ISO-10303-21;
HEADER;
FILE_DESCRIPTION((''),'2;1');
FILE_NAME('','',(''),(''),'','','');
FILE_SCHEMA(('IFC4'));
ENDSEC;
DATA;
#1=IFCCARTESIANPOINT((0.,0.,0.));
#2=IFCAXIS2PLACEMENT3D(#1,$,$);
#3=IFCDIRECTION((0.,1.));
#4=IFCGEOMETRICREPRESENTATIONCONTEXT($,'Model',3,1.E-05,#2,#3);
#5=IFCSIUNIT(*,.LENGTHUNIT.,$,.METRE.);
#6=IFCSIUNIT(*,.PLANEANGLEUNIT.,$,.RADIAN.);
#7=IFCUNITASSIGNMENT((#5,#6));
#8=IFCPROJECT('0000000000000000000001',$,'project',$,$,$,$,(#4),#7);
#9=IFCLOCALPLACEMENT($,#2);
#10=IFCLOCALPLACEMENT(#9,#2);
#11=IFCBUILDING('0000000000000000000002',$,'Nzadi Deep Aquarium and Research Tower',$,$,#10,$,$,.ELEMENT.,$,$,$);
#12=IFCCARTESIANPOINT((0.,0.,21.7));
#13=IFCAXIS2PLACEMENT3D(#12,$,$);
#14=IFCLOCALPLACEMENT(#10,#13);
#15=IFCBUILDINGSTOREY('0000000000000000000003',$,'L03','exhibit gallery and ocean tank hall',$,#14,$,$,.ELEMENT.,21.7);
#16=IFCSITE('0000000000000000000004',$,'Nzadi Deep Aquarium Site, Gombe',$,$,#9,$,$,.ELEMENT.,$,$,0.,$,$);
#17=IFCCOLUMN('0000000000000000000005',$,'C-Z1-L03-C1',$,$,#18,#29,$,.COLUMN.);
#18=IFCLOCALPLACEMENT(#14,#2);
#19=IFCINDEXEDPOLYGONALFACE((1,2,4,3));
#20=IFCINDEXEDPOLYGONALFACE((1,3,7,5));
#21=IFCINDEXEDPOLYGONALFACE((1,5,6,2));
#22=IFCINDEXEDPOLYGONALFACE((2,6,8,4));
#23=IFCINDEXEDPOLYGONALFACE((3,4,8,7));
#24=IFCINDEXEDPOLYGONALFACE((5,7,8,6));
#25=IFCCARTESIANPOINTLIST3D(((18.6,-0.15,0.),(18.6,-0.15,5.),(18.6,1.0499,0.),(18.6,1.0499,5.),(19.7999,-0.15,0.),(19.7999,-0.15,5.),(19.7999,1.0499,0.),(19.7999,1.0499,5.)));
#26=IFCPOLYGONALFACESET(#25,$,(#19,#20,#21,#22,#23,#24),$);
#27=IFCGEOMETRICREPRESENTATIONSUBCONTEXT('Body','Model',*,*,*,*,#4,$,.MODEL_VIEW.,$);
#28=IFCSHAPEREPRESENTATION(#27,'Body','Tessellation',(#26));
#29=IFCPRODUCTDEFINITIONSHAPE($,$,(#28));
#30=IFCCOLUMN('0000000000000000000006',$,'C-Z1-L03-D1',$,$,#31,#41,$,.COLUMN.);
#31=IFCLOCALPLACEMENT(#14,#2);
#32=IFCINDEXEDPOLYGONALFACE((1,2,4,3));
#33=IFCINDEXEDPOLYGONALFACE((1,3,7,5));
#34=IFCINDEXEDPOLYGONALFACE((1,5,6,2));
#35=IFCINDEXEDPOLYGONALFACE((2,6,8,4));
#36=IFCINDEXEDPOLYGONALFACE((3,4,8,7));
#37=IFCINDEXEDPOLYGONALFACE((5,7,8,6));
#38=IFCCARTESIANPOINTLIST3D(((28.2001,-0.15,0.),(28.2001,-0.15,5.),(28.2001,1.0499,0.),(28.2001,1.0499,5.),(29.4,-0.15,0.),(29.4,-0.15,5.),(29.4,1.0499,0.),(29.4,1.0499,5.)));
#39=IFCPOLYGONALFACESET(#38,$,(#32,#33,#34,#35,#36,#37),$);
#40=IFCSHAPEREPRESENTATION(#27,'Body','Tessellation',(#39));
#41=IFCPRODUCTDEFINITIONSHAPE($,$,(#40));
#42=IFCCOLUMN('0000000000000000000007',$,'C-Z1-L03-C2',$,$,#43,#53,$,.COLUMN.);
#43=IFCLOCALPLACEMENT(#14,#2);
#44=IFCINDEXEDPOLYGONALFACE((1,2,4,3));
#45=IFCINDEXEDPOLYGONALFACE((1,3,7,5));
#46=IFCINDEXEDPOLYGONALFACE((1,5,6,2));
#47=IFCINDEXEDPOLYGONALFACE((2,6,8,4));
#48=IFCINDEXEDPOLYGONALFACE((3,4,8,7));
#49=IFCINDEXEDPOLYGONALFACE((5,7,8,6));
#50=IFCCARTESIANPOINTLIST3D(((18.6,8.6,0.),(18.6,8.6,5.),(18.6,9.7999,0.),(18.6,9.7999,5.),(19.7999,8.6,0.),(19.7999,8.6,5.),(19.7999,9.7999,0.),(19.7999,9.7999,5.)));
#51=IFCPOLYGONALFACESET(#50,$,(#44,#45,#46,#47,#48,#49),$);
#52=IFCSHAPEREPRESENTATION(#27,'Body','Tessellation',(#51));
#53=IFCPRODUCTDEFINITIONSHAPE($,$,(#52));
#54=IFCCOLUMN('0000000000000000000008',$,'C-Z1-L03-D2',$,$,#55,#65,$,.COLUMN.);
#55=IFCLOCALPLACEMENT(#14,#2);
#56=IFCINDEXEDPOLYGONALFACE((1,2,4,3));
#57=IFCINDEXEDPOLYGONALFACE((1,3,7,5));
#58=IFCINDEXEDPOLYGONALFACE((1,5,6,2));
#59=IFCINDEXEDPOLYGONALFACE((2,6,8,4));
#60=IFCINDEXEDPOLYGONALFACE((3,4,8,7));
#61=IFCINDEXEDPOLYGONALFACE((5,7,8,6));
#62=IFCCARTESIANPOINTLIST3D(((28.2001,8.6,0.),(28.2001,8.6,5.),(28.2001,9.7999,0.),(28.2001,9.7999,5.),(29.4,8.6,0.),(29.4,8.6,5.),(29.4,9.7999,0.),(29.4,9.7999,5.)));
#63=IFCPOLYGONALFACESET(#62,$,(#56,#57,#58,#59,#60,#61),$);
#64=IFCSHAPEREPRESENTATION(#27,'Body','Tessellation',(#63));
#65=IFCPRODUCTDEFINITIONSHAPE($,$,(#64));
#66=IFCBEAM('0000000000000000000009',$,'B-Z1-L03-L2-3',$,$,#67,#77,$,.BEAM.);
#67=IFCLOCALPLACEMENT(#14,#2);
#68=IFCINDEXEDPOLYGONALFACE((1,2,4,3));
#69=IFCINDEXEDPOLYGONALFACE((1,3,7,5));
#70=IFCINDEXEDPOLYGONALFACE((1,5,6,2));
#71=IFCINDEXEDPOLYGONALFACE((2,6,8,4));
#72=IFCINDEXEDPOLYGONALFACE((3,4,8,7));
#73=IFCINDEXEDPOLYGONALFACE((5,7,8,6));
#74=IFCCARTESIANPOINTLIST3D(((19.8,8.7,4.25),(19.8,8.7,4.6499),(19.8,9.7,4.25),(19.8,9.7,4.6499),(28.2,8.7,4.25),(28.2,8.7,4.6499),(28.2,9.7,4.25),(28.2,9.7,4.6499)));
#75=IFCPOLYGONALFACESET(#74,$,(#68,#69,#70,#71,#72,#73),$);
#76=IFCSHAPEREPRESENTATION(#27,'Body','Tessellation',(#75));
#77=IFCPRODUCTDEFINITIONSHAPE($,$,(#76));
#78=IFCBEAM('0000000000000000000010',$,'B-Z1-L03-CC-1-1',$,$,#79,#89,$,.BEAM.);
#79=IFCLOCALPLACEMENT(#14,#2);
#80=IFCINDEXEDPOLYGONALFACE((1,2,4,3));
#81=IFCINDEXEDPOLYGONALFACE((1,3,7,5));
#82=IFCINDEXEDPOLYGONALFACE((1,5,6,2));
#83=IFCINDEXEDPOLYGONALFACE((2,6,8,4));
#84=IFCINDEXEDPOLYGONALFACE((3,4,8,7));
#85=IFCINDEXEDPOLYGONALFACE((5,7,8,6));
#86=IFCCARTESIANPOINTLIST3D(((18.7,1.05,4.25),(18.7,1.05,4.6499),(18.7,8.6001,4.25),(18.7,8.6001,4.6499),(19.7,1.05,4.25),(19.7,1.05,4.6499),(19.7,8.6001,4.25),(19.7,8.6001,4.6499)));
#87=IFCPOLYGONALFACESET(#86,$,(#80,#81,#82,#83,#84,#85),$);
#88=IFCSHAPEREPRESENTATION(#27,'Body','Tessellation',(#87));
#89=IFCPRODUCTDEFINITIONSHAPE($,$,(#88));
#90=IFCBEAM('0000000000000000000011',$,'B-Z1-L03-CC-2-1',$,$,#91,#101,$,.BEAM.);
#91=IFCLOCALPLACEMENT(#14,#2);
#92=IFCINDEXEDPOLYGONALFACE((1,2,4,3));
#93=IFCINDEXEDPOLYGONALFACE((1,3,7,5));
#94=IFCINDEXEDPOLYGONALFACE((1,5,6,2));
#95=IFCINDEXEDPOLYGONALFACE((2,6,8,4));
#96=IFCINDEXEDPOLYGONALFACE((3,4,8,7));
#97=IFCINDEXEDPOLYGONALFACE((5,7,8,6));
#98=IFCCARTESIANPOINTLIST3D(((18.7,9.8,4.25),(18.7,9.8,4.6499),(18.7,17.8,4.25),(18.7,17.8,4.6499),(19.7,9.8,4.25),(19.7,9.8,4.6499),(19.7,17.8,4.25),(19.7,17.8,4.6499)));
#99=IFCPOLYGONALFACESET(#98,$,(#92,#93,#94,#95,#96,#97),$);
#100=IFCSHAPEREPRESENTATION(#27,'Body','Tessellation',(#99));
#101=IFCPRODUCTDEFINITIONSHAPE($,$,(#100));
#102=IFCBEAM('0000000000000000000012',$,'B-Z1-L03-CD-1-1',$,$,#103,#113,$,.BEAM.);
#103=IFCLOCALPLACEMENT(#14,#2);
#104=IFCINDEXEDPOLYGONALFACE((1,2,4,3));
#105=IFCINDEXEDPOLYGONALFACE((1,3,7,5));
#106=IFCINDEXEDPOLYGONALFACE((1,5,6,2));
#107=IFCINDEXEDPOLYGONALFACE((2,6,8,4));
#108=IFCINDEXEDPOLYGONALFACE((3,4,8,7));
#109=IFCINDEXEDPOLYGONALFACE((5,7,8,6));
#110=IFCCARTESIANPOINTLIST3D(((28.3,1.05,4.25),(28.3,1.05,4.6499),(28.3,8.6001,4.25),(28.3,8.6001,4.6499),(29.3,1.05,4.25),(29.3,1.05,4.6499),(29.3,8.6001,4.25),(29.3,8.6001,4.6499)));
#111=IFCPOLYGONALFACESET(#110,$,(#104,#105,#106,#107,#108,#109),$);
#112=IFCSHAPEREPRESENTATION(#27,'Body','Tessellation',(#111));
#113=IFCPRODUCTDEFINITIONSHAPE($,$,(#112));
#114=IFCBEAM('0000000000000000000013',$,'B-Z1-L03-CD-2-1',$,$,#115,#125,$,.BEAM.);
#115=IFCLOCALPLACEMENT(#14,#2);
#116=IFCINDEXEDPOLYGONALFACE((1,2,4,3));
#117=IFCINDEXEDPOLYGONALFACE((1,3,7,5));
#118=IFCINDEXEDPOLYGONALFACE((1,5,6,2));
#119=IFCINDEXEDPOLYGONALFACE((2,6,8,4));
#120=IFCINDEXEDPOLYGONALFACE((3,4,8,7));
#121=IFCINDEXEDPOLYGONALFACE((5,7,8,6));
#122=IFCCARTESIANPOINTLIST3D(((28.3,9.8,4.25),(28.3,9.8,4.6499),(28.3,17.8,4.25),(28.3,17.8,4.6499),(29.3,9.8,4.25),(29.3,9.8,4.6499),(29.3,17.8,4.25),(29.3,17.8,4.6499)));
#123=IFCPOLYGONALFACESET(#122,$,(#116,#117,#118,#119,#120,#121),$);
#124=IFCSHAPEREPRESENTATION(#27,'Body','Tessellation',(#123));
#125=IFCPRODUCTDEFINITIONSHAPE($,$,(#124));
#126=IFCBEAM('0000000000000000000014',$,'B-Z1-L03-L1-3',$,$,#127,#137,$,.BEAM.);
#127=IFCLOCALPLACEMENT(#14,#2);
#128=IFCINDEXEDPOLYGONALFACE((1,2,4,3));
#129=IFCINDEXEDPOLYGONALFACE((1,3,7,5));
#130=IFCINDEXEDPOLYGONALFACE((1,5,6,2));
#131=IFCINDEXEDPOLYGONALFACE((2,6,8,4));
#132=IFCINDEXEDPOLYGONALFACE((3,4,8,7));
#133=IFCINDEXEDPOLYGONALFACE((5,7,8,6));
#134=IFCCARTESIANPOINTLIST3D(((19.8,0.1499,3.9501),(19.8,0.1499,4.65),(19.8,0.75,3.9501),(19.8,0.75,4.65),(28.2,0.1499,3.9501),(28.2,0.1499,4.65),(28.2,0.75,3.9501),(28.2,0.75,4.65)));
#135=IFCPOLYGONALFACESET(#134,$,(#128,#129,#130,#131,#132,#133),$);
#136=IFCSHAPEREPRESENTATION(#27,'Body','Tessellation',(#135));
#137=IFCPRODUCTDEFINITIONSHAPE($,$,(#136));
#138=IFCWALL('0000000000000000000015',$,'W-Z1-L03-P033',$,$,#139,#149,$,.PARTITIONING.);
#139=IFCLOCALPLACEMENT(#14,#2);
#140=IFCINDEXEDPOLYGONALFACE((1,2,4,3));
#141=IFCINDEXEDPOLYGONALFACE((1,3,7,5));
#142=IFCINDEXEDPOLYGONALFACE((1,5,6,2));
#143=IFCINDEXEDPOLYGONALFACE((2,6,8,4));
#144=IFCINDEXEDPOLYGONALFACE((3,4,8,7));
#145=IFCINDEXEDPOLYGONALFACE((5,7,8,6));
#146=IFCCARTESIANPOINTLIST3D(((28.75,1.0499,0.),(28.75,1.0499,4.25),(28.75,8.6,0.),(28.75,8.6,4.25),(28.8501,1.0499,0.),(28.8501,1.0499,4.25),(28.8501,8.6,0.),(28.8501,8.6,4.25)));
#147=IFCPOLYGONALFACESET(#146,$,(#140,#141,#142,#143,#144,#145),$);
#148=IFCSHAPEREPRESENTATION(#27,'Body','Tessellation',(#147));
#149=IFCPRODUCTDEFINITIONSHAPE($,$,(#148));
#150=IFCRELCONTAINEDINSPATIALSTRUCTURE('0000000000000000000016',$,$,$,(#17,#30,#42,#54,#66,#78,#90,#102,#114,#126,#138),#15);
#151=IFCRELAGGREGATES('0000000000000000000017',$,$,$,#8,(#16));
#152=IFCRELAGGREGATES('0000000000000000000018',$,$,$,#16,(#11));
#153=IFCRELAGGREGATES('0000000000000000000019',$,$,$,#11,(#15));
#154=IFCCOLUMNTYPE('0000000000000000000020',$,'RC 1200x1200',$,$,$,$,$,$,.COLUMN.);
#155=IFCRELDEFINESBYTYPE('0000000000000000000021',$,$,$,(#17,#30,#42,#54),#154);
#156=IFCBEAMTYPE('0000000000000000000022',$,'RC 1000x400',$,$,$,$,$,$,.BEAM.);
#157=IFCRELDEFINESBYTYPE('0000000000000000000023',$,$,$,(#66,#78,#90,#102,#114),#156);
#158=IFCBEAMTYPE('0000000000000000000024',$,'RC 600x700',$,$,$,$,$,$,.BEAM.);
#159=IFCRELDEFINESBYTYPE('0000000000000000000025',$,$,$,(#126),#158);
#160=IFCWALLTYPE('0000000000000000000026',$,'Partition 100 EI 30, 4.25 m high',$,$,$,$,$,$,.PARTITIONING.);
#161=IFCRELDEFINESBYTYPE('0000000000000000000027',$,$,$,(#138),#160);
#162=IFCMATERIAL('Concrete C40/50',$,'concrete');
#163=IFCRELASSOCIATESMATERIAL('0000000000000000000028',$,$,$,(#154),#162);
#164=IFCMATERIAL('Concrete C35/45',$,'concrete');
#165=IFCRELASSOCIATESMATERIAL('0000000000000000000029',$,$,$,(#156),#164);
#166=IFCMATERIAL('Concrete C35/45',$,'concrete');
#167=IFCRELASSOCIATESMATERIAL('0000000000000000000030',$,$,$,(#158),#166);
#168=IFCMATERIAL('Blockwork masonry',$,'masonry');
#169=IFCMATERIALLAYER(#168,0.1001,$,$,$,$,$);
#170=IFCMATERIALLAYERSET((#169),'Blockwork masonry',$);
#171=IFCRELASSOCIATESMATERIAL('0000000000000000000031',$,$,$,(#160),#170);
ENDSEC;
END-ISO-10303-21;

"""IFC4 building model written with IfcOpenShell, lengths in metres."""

from ifc_helpers import new_model, si_unit, direction, frame, frame_2d, origin, origin_2d, place, context, subcontext, project, spatial, rectangle, extrude, material, layer, layer_set, material_profile, profile_set, type_object, element, save


model = new_model("IFC4")

# Units and contexts
model_context = context("Model", 3, precision=1e-05, world=origin(), true_north=direction((0.0, 1.0)))
body_context = subcontext(model_context, "Body", "Model", "MODEL_VIEW")
ifc_project = project(units=[si_unit("LENGTHUNIT", "METRE"), si_unit("PLANEANGLEUNIT", "RADIAN")], contexts=[model_context])

# Site, building, storey
site_placement = place(None, origin())
site = spatial("IfcSite", under=ifc_project, at=site_placement, Name="Nzadi Deep Aquarium Site, Gombe", CompositionType="ELEMENT", RefElevation=0.0)
building_placement = place(site_placement, origin())
building = spatial("IfcBuilding", under=site, at=building_placement, Name="Nzadi Deep Aquarium and Research Tower", CompositionType="ELEMENT")
storey_placement = place(building_placement, frame((0.0, 0.0, 21.7)))
storey = spatial("IfcBuildingStorey", under=building, at=storey_placement, Name="L03", Description="exhibit gallery and ocean tank hall", CompositionType="ELEMENT", Elevation=21.7)

# Columns
ifc_material_1 = material(Name="Concrete C40/50", Category="concrete")
ifc_material_profile_1 = material_profile(ifc_material_1, rectangle(XDim=1.2, YDim=1.2, at=origin_2d()))
ifc_profile_set_1 = profile_set([ifc_material_profile_1], Name="Concrete C40/50")
column_type = type_object("IfcColumnType", Name="RC 1200x1200", PredefinedType="COLUMN", material=ifc_profile_set_1)
for number, where, z_axis, x_axis, name in (
    (1, (19.2, 0.45, 0.0), (0.0, 0.0, 1.0), (1.0, 0.0, 0.0), "C-Z1-L03-C1"),
    (2, (28.8, 0.45, 0.0), (0.0, 0.0, 1.0), (1.0, 0.0, 0.0), "C-Z1-L03-D1"),
    (3, (19.2, 9.2, 0.0), (0.0, 0.0, 1.0), (1.0, 0.0, 0.0), "C-Z1-L03-C2"),
    (4, (28.8, 9.2, 0.0), (0.0, 0.0, 1.0), (1.0, 0.0, 0.0), "C-Z1-L03-D2"),
):
    element("IfcColumn", number, at=place(storey_placement, frame(where, z_axis=z_axis, x_axis=x_axis)), inside=storey, type_object=column_type, Name=name, PredefinedType="COLUMN", context=body_context, shape_type="SweptSolid", body=[
        extrude(rectangle(XDim=1.2, YDim=1.2, at=origin_2d()), origin(), (0.0, 0.0, 1.0), 5.0),
    ])

# Beams
ifc_material_2 = material(Name="Concrete C35/45", Category="concrete")
ifc_material_profile_2 = material_profile(ifc_material_2, rectangle(XDim=1.0, YDim=0.3999, at=origin_2d()))
ifc_profile_set_2 = profile_set([ifc_material_profile_2], Name="Concrete C35/45")
beam_type_1 = type_object("IfcBeamType", Name="RC 1000x400", PredefinedType="BEAM", material=ifc_profile_set_2)
beam_1_placement = place(storey_placement, frame((19.8, 9.2, 4.45), z_axis=(1.0, 0.0, 0.0), x_axis=(0.0, 1.0, 0.0)))
element("IfcBeam", 5, at=beam_1_placement, inside=storey, type_object=beam_type_1, Name="B-Z1-L03-L2-3", PredefinedType="BEAM", context=body_context, shape_type="SweptSolid", body=[
    extrude(rectangle(XDim=1.0, YDim=0.3999, at=origin_2d()), origin(), (0.0, 0.0, 1.0), 8.3999),
])
beam_2_placement = place(storey_placement, frame((19.2, 1.05, 4.45), z_axis=(0.0, 1.0, 0.0), x_axis=(-1.0, 0.0, 0.0)))
element("IfcBeam", 6, at=beam_2_placement, inside=storey, type_object=beam_type_1, Name="B-Z1-L03-CC-1-1", PredefinedType="BEAM", context=body_context, shape_type="SweptSolid", body=[
    extrude(rectangle(XDim=1.0, YDim=0.3999, at=origin_2d()), origin(), (0.0, 0.0, 1.0), 7.55),
])
beam_3_placement = place(storey_placement, frame((19.2, 9.8, 4.45), z_axis=(0.0, 1.0, 0.0), x_axis=(-1.0, 0.0, 0.0)))
element("IfcBeam", 7, at=beam_3_placement, inside=storey, type_object=beam_type_1, Name="B-Z1-L03-CC-2-1", PredefinedType="BEAM", context=body_context, shape_type="SweptSolid", body=[
    extrude(rectangle(XDim=1.0, YDim=0.3999, at=origin_2d()), origin(), (0.0, 0.0, 1.0), 8.0),
])
beam_4_placement = place(storey_placement, frame((28.8, 1.05, 4.45), z_axis=(0.0, 1.0, 0.0), x_axis=(-1.0, 0.0, 0.0)))
element("IfcBeam", 8, at=beam_4_placement, inside=storey, type_object=beam_type_1, Name="B-Z1-L03-CD-1-1", PredefinedType="BEAM", context=body_context, shape_type="SweptSolid", body=[
    extrude(rectangle(XDim=1.0, YDim=0.3999, at=origin_2d()), origin(), (0.0, 0.0, 1.0), 7.55),
])
beam_5_placement = place(storey_placement, frame((28.8, 9.8, 4.45), z_axis=(0.0, 1.0, 0.0), x_axis=(-1.0, 0.0, 0.0)))
element("IfcBeam", 9, at=beam_5_placement, inside=storey, type_object=beam_type_1, Name="B-Z1-L03-CD-2-1", PredefinedType="BEAM", context=body_context, shape_type="SweptSolid", body=[
    extrude(rectangle(XDim=1.0, YDim=0.3999, at=origin_2d()), origin(), (0.0, 0.0, 1.0), 8.0),
])
ifc_material_3 = material(Name="Concrete C35/45", Category="concrete")
ifc_material_profile_3 = material_profile(ifc_material_3, rectangle(XDim=0.6001, YDim=0.7, at=origin_2d()))
ifc_profile_set_3 = profile_set([ifc_material_profile_3], Name="Concrete C35/45")
beam_type_2 = type_object("IfcBeamType", Name="RC 600x700", PredefinedType="BEAM", material=ifc_profile_set_3)
beam_6_placement = place(storey_placement, frame((19.8, 0.45, 4.3), z_axis=(1.0, 0.0, 0.0), x_axis=(0.0, 1.0, 0.0)))
element("IfcBeam", 10, at=beam_6_placement, inside=storey, type_object=beam_type_2, Name="B-Z1-L03-L1-3", PredefinedType="BEAM", context=body_context, shape_type="SweptSolid", body=[
    extrude(rectangle(XDim=0.6001, YDim=0.7, at=origin_2d()), origin(), (0.0, 0.0, 1.0), 8.3999),
])

# Wall
ifc_material_4 = material(Name="Blockwork masonry", Category="masonry")
ifc_layer_1 = layer(ifc_material_4, 0.1001)
ifc_layer_set_1 = layer_set([ifc_layer_1], Name="Blockwork masonry")
wall_type_1 = type_object("IfcWallType", Name="Partition 100 EI 30, 4.25 m high", PredefinedType="PARTITIONING", material=ifc_layer_set_1)
wall_1_placement = place(storey_placement, frame((28.8, 1.05, 0.0), z_axis=(0.0, 0.0, 1.0), x_axis=(0.0, 1.0, 0.0)))
element("IfcWall", 11, at=wall_1_placement, inside=storey, type_object=wall_type_1, Name="W-Z1-L03-P033", PredefinedType="PARTITIONING", context=body_context, shape_type="SweptSolid", body=[
    extrude(rectangle(XDim=7.55, YDim=0.1001, at=frame_2d((3.7749, 0.0))), origin(), (0.0, 0.0, 1.0), 4.25),
])

save(model, "model.ifc")
